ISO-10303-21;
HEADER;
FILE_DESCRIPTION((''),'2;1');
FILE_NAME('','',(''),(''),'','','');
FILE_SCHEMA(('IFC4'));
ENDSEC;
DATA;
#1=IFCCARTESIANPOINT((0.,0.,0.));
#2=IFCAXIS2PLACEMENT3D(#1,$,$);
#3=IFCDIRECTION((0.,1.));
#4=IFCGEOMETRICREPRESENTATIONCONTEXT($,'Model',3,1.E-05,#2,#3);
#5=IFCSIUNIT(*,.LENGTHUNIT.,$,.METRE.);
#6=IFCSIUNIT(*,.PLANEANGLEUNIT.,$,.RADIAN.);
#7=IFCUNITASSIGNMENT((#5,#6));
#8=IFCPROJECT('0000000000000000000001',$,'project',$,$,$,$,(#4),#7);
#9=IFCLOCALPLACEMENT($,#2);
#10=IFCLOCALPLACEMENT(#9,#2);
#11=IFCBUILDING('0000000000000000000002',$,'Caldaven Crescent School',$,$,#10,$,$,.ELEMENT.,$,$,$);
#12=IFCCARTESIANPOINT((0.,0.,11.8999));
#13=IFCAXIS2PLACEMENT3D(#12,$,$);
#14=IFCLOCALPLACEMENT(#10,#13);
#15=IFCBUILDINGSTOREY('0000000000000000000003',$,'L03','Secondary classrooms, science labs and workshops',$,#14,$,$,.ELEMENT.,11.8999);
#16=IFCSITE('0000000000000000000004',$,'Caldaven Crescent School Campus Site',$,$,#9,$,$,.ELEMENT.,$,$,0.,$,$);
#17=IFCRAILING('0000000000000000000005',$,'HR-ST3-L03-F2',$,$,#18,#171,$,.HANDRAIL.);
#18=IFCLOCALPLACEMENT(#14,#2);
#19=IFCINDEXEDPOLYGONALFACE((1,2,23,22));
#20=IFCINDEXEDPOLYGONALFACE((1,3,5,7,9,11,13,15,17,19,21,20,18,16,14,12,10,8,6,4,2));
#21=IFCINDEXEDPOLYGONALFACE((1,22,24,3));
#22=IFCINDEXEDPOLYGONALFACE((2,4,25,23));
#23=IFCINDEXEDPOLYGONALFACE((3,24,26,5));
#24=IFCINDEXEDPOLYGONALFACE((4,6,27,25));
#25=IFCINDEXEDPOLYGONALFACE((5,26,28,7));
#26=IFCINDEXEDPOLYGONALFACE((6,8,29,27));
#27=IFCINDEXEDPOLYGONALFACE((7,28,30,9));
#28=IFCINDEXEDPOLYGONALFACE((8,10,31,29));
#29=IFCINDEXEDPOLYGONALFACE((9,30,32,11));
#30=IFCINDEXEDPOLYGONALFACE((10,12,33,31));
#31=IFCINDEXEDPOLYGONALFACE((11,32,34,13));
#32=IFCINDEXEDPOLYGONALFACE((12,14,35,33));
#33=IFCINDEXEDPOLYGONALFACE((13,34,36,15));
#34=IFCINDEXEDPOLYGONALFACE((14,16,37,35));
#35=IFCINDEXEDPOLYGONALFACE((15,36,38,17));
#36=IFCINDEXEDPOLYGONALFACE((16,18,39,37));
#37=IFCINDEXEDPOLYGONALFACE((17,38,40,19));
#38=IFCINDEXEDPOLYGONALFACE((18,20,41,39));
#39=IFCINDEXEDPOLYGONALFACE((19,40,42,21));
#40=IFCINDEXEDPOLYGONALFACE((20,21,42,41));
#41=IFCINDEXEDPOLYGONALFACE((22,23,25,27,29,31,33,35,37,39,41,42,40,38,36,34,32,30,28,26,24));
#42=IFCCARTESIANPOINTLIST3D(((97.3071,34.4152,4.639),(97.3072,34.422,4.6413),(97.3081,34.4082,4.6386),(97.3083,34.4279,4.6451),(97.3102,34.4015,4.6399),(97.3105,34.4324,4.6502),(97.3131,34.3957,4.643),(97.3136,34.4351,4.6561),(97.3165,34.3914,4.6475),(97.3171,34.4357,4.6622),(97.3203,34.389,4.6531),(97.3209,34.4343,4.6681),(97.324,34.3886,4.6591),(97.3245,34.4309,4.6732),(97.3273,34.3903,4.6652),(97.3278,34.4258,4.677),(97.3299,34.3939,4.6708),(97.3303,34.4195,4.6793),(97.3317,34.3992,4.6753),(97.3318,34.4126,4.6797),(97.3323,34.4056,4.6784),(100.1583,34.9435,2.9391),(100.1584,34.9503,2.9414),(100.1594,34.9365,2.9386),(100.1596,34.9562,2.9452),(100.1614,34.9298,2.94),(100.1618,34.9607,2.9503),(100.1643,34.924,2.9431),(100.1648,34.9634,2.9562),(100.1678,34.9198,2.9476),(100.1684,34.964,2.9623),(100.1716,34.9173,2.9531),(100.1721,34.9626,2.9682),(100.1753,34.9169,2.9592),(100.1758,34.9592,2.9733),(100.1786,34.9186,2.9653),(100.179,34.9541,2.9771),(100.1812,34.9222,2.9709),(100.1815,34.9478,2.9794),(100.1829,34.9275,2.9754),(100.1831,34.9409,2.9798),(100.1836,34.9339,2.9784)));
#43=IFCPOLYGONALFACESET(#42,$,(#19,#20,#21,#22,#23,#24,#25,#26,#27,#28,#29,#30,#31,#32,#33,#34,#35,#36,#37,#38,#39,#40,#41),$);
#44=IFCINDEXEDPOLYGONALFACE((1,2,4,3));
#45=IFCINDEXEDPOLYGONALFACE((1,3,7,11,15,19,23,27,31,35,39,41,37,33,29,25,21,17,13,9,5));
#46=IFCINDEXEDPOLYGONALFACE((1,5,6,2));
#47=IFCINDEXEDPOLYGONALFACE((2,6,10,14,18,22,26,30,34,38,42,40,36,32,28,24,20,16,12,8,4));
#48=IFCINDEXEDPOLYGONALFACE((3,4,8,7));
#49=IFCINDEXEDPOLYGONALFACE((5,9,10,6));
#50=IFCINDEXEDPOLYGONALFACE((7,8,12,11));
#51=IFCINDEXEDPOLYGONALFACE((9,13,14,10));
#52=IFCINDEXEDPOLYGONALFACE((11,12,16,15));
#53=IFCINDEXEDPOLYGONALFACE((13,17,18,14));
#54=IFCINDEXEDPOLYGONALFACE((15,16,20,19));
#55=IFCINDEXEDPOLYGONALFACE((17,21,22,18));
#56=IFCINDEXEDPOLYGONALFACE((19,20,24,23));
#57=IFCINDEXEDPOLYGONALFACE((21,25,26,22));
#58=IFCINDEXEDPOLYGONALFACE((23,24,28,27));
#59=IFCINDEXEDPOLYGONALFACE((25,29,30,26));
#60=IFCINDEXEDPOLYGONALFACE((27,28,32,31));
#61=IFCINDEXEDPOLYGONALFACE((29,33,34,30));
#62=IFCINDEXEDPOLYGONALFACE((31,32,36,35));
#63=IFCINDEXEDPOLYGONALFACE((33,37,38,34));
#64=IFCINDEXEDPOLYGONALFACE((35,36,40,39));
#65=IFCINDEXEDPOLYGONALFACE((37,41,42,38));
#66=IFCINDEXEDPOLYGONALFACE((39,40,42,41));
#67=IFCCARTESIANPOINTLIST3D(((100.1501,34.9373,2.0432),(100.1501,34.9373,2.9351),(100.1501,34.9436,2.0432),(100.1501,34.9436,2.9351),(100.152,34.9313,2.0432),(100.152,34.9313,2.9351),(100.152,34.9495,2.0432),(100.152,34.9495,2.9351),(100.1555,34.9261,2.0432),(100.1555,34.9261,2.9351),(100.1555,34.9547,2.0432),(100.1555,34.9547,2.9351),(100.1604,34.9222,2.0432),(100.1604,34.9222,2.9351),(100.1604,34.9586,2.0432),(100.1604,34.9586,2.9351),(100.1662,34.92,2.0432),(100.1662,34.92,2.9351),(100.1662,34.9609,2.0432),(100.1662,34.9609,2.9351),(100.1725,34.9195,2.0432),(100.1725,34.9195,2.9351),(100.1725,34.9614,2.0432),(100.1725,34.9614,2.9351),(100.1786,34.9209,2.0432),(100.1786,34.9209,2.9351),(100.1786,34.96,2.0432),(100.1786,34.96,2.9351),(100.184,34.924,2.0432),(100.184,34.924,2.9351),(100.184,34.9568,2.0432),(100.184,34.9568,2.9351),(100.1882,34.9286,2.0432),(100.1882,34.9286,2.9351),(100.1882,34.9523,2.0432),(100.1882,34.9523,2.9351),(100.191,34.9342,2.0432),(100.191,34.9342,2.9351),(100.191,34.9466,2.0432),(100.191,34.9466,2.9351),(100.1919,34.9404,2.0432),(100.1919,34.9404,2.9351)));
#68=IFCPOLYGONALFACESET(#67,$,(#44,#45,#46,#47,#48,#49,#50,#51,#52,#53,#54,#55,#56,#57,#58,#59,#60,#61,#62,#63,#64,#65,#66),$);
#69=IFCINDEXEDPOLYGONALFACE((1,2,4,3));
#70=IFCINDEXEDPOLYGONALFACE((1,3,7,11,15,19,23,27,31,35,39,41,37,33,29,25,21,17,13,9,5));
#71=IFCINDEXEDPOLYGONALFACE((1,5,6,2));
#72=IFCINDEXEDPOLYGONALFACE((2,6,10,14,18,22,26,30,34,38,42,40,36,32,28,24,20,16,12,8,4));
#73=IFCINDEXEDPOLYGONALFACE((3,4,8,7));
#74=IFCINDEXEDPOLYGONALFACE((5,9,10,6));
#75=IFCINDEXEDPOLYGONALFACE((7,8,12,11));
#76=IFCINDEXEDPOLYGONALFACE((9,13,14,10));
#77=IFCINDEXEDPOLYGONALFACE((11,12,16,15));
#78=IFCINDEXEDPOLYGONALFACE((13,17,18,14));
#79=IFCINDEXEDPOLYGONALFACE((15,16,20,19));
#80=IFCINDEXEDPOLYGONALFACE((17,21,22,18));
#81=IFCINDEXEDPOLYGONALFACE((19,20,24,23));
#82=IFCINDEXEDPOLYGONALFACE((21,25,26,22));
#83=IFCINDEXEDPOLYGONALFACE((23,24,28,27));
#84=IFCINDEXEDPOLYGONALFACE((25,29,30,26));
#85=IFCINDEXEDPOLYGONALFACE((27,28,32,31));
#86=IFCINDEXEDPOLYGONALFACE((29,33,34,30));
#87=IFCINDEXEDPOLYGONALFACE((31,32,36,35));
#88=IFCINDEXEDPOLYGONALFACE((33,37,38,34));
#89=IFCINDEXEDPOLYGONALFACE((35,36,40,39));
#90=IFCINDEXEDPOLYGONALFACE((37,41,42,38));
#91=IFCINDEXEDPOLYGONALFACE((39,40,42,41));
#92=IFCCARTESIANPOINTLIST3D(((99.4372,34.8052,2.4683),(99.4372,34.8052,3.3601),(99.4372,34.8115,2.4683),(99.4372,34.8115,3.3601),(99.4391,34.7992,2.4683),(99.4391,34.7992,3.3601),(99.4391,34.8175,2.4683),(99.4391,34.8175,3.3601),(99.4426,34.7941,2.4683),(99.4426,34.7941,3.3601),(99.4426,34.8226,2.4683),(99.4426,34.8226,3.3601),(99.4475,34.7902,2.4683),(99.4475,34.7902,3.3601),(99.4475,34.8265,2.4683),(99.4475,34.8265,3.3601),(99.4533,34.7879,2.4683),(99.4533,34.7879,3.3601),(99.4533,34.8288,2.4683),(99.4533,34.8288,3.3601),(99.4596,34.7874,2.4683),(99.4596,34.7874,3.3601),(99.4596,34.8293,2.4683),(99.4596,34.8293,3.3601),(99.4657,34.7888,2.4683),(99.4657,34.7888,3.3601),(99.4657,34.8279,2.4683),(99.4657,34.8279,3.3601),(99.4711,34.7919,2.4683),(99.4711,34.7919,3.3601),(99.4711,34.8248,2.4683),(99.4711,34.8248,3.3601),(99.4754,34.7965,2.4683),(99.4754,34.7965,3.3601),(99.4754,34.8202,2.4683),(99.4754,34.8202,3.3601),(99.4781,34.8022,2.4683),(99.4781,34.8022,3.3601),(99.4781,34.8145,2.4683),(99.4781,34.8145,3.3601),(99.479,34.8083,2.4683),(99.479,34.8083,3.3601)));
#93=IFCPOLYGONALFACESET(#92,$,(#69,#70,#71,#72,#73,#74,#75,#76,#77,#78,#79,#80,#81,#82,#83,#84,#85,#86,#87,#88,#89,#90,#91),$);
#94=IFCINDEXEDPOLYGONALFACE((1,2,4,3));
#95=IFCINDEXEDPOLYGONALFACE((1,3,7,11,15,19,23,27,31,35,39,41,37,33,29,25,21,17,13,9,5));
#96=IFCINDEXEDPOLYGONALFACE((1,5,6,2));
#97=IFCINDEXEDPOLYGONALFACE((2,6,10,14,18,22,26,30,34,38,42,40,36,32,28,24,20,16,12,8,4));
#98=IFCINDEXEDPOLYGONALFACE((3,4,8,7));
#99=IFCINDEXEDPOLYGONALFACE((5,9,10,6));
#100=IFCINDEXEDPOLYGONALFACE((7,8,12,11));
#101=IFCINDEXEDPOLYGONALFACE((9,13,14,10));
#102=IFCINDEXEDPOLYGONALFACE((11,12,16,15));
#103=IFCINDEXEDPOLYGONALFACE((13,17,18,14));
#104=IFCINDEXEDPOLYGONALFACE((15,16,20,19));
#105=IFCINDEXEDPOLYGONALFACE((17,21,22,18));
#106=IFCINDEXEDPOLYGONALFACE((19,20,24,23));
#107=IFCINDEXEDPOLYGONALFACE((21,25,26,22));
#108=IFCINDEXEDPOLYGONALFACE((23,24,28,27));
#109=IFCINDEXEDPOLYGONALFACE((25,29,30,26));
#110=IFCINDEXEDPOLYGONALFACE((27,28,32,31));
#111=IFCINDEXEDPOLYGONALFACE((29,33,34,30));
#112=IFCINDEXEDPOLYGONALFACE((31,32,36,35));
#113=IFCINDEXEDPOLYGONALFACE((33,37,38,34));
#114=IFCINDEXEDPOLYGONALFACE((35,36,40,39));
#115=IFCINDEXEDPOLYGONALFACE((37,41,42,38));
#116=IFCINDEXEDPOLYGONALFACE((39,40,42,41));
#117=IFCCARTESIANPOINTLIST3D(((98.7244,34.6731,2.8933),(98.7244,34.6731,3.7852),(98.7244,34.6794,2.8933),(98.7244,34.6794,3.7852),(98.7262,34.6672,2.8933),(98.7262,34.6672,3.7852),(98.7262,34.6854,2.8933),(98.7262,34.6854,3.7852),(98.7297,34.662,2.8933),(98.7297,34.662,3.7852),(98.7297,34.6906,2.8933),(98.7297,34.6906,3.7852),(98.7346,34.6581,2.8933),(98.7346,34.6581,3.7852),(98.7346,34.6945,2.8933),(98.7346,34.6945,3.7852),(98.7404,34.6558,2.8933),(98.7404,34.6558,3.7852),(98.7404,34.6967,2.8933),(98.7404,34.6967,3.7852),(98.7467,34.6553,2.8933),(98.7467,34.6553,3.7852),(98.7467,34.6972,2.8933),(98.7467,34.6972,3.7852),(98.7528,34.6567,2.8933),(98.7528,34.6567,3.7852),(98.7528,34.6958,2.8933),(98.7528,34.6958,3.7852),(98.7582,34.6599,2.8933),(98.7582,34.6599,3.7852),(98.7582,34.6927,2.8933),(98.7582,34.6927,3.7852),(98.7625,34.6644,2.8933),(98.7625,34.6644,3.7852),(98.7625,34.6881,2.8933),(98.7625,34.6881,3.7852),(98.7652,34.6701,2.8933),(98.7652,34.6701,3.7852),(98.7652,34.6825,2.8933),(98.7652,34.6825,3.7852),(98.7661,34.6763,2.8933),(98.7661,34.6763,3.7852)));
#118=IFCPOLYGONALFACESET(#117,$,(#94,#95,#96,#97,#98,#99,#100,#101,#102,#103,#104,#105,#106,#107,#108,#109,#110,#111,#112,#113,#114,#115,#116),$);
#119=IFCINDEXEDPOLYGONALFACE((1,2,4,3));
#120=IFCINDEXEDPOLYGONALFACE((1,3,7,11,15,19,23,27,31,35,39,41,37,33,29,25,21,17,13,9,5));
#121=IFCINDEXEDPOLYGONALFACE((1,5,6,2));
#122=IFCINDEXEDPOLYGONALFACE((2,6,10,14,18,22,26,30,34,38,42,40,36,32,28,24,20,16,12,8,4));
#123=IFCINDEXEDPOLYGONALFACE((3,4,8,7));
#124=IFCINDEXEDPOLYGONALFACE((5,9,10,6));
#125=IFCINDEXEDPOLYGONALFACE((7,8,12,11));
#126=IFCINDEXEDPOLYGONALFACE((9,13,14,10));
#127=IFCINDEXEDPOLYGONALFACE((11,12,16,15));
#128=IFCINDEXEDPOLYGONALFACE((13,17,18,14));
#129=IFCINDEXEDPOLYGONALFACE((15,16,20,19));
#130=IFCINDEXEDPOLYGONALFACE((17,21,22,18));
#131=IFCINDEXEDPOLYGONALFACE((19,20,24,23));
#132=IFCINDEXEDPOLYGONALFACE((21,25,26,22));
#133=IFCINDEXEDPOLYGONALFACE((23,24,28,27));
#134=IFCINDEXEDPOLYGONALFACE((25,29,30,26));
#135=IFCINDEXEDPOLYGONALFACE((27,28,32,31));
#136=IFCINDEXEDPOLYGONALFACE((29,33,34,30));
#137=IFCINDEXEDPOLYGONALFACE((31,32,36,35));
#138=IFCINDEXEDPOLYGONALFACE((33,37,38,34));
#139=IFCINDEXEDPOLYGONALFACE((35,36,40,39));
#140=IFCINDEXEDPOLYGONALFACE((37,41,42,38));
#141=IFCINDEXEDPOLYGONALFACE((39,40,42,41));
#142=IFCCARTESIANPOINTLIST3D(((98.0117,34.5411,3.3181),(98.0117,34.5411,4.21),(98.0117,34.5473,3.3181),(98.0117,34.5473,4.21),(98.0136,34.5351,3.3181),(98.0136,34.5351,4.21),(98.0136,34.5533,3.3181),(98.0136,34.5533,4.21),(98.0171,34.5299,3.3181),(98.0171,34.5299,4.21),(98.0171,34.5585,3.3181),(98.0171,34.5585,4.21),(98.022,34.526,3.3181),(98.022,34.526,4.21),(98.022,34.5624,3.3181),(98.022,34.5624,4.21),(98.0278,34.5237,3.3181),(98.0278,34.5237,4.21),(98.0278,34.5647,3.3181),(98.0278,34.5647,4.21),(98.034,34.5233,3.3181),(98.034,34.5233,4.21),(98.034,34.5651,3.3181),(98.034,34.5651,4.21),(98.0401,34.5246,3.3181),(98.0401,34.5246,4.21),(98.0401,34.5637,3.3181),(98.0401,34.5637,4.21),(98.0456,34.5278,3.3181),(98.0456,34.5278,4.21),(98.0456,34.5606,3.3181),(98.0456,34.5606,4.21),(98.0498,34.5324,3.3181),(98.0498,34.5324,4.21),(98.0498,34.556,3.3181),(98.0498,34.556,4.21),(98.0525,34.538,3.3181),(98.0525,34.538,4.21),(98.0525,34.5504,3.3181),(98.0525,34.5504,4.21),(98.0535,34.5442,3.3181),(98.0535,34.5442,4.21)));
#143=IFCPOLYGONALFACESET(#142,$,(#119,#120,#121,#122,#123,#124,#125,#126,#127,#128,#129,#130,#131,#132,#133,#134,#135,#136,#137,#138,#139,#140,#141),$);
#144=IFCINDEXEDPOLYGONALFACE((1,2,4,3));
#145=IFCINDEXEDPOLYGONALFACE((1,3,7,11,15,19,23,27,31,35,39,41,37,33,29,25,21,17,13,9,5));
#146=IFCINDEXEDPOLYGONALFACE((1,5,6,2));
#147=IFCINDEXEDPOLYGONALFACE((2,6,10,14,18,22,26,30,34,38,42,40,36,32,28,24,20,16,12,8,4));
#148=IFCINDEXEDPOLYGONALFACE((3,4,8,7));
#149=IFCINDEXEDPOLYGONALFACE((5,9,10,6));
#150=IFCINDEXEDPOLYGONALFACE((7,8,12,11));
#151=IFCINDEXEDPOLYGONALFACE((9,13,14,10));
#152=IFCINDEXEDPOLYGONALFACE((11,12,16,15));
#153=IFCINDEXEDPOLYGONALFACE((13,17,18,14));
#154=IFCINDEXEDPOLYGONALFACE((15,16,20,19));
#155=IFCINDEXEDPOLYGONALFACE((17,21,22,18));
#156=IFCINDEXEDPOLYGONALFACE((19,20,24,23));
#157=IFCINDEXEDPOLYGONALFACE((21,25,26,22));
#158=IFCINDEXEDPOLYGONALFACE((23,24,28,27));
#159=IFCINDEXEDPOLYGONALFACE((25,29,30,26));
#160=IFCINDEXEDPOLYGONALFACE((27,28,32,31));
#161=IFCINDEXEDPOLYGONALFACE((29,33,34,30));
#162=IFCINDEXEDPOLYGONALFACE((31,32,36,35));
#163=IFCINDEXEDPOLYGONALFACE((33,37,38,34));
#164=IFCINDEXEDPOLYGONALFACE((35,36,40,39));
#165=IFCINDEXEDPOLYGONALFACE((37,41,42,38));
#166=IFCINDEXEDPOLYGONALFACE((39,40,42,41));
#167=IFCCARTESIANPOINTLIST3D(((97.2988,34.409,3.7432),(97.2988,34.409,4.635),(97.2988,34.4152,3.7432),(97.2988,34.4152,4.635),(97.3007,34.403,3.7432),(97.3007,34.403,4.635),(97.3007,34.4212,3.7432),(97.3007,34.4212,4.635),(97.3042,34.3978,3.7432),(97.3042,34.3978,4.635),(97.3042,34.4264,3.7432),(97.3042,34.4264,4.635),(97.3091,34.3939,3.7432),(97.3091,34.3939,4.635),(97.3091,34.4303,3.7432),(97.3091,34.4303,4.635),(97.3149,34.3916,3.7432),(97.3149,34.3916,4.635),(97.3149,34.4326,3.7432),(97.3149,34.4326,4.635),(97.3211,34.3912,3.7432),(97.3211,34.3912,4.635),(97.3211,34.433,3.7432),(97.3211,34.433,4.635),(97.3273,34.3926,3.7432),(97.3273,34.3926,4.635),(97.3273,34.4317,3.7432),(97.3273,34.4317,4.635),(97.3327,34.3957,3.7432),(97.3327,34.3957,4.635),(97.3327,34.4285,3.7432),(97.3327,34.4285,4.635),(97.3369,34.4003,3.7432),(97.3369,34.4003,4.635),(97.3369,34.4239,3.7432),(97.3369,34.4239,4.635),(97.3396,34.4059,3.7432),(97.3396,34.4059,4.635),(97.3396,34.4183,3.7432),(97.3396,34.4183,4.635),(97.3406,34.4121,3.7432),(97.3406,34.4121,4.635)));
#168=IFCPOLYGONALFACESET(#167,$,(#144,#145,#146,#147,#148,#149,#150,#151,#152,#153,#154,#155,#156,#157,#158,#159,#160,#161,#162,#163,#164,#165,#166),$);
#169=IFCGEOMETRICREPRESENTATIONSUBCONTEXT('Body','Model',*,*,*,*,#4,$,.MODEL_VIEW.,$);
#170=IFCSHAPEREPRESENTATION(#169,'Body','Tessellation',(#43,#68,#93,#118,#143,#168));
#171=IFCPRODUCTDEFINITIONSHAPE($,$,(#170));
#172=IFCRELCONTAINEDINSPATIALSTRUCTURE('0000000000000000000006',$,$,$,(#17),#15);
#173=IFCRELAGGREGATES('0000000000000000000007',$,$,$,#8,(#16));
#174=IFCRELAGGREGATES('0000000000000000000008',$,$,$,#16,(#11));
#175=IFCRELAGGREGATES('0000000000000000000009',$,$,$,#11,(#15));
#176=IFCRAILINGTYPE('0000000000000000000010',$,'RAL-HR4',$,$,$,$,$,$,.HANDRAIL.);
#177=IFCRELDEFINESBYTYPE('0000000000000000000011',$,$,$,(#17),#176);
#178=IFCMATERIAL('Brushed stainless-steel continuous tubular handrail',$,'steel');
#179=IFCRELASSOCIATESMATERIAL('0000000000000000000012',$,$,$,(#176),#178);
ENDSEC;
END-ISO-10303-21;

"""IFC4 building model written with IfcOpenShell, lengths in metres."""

from ifc_helpers import new_model, si_unit, direction, frame, origin, origin_2d, place, context, subcontext, project, spatial, circle, extrude, material, type_object, element, save


model = new_model("IFC4")

# Units and contexts
model_context = context("Model", 3, precision=1e-05, world=origin(), true_north=direction((0.0, 1.0)))
body_context = subcontext(model_context, "Body", "Model", "MODEL_VIEW")
ifc_project = project(units=[si_unit("LENGTHUNIT", "METRE"), si_unit("PLANEANGLEUNIT", "RADIAN")], contexts=[model_context])

# Site, building, storey
site_placement = place(None, origin())
site = spatial("IfcSite", under=ifc_project, at=site_placement, Name="Caldaven Crescent School Campus Site", CompositionType="ELEMENT", RefElevation=0.0)
building_placement = place(site_placement, origin())
building = spatial("IfcBuilding", under=site, at=building_placement, Name="Caldaven Crescent School", CompositionType="ELEMENT")
storey_placement = place(building_placement, frame((0.0, 0.0, 11.8999)))
storey = spatial("IfcBuildingStorey", under=building, at=storey_placement, Name="L03", Description="Secondary classrooms, science labs and workshops", CompositionType="ELEMENT", Elevation=11.8999)

# Railing
ifc_material_1 = material(Name="Brushed stainless-steel continuous tubular handrail", Category="steel")
railing_type_1 = type_object("IfcRailingType", Name="RAL-HR4", PredefinedType="HANDRAIL", material=ifc_material_1)
railing_1_placement = place(storey_placement, frame((100.1709, 34.9404, 2.0432)))
element("IfcRailing", 1, at=railing_1_placement, inside=storey, type_object=railing_type_1, Name="HR-ST3-L03-F2", PredefinedType="HANDRAIL", context=body_context, shape_type="SweptSolid", body=[
    extrude(circle(Radius=0.0239, at=origin_2d()), frame((0.0, 0.0, 0.916), z_axis=(-0.848255, -0.157173, 0.505728), x_axis=(0.182189, -0.983264, 0.0)), (0.0, 0.0, 1.0), 3.3613),
    extrude(circle(Radius=0.021, at=origin_2d()), origin(), (0.0, 0.0, 1.0), 0.8918),
    extrude(circle(Radius=0.021, at=origin_2d()), frame((-0.7129, -0.1321, 0.425)), (0.0, 0.0, 1.0), 0.8918),
    extrude(circle(Radius=0.021, at=origin_2d()), frame((-1.4258, -0.2642, 0.8501)), (0.0, 0.0, 1.0), 0.8918),
    extrude(circle(Radius=0.021, at=origin_2d()), frame((-2.1384, -0.3962, 1.2749)), (0.0, 0.0, 1.0), 0.8918),
    extrude(circle(Radius=0.021, at=origin_2d()), frame((-2.8513, -0.5283, 1.7)), (0.0, 0.0, 1.0), 0.8918),
])

save(model, "model.ifc")
